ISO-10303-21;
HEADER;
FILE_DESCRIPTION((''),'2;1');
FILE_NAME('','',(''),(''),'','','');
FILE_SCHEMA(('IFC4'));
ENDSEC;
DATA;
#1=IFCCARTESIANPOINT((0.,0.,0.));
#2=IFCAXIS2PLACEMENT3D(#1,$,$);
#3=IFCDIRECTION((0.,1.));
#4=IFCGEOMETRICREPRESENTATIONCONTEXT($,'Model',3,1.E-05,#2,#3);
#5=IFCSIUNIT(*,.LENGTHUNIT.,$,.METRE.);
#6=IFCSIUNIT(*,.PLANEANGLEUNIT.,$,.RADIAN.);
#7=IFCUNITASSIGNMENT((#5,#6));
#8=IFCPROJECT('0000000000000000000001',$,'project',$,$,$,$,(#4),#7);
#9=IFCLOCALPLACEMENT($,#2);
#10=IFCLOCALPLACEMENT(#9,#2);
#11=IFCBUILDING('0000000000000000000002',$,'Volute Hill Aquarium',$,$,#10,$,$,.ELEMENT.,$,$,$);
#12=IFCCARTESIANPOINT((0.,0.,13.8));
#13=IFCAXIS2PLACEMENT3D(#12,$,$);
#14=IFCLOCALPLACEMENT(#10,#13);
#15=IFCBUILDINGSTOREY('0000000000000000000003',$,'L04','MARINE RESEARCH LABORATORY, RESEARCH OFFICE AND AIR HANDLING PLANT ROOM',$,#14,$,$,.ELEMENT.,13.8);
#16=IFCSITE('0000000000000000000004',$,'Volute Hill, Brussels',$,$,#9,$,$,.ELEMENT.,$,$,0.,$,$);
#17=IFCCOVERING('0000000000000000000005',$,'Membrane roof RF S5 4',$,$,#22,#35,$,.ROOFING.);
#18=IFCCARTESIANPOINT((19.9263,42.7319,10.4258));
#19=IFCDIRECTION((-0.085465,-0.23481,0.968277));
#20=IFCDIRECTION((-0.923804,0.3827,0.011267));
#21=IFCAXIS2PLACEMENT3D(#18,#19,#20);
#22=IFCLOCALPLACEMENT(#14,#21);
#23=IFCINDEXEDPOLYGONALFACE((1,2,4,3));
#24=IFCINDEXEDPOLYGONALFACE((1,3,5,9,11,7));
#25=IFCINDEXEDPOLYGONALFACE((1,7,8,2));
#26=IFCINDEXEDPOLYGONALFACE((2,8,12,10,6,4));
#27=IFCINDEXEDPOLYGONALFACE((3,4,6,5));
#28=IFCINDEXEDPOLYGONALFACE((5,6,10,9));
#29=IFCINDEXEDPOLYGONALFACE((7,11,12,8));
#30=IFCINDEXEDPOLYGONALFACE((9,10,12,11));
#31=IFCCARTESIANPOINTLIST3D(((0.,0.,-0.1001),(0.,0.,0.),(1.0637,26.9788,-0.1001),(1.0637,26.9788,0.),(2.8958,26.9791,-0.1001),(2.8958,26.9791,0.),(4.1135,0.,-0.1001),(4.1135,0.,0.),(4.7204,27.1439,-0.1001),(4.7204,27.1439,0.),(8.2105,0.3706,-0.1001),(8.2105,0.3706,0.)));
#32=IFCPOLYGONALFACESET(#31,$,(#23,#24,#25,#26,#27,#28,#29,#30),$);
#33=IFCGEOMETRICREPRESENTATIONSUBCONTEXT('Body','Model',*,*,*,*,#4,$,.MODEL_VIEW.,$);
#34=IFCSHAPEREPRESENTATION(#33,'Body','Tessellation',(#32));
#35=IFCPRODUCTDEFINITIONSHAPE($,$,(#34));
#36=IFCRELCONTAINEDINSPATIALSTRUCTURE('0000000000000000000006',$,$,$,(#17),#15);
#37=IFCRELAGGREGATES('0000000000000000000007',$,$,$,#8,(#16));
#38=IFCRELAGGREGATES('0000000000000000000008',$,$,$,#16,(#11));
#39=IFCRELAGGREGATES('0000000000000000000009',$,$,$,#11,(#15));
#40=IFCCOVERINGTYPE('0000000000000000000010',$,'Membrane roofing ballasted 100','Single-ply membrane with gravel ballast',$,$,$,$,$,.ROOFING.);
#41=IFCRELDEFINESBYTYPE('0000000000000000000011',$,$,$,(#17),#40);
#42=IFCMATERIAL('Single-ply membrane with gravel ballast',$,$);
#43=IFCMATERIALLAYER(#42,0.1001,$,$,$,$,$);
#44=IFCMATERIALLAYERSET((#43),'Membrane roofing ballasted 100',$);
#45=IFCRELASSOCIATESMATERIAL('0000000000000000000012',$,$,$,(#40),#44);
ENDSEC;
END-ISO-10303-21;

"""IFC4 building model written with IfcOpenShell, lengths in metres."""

from ifc_helpers import new_model, si_unit, direction, frame, origin, place, context, subcontext, project, spatial, polyline, outline, extrude, material, layer, layer_set, type_object, element, save


model = new_model("IFC4")

# Units and contexts
model_context = context("Model", 3, precision=1e-05, world=origin(), true_north=direction((0.0, 1.0)))
body_context = subcontext(model_context, "Body", "Model", "MODEL_VIEW")
ifc_project = project(units=[si_unit("LENGTHUNIT", "METRE"), si_unit("PLANEANGLEUNIT", "RADIAN")], contexts=[model_context])

# Site, building, storey
site_placement = place(None, origin())
site = spatial("IfcSite", under=ifc_project, at=site_placement, Name="Volute Hill, Brussels", CompositionType="ELEMENT", RefElevation=0.0)
building_placement = place(site_placement, origin())
building = spatial("IfcBuilding", under=site, at=building_placement, Name="Volute Hill Aquarium", CompositionType="ELEMENT")
storey_placement = place(building_placement, frame((0.0, 0.0, 13.8)))
storey = spatial("IfcBuildingStorey", under=building, at=storey_placement, Name="L04", Description="MARINE RESEARCH LABORATORY, RESEARCH OFFICE AND AIR HANDLING PLANT ROOM", CompositionType="ELEMENT", Elevation=13.8)

# Covering
ifc_material_1 = material(Name="Single-ply membrane with gravel ballast")
ifc_layer_1 = layer(ifc_material_1, 0.1001)
ifc_layer_set_1 = layer_set([ifc_layer_1], Name="Membrane roofing ballasted 100")
covering_type_1 = type_object("IfcCoveringType", Name="Membrane roofing ballasted 100", Description="Single-ply membrane with gravel ballast", PredefinedType="ROOFING", material=ifc_layer_set_1)
covering_1_placement = place(storey_placement, frame((19.9263, 42.7319, 10.4258), z_axis=(-0.085465, -0.23481, 0.968277), x_axis=(-0.923804, 0.3827, 0.011267)))
element("IfcCovering", 1, at=covering_1_placement, inside=storey, type_object=covering_type_1, Name="Membrane roof RF S5 4", PredefinedType="ROOFING", context=body_context, shape_type="SweptSolid", body=[
    extrude(outline(polyline([(0.0, 0.0), (4.1135, 0.0), (8.2105, 0.3706), (4.7204, 27.1439), (2.8958, 26.9791), (1.0637, 26.9788), (0.0, 0.0)])), origin(), (0.0, 0.0, -1.0), 0.1001),
])

save(model, "model.ifc")
